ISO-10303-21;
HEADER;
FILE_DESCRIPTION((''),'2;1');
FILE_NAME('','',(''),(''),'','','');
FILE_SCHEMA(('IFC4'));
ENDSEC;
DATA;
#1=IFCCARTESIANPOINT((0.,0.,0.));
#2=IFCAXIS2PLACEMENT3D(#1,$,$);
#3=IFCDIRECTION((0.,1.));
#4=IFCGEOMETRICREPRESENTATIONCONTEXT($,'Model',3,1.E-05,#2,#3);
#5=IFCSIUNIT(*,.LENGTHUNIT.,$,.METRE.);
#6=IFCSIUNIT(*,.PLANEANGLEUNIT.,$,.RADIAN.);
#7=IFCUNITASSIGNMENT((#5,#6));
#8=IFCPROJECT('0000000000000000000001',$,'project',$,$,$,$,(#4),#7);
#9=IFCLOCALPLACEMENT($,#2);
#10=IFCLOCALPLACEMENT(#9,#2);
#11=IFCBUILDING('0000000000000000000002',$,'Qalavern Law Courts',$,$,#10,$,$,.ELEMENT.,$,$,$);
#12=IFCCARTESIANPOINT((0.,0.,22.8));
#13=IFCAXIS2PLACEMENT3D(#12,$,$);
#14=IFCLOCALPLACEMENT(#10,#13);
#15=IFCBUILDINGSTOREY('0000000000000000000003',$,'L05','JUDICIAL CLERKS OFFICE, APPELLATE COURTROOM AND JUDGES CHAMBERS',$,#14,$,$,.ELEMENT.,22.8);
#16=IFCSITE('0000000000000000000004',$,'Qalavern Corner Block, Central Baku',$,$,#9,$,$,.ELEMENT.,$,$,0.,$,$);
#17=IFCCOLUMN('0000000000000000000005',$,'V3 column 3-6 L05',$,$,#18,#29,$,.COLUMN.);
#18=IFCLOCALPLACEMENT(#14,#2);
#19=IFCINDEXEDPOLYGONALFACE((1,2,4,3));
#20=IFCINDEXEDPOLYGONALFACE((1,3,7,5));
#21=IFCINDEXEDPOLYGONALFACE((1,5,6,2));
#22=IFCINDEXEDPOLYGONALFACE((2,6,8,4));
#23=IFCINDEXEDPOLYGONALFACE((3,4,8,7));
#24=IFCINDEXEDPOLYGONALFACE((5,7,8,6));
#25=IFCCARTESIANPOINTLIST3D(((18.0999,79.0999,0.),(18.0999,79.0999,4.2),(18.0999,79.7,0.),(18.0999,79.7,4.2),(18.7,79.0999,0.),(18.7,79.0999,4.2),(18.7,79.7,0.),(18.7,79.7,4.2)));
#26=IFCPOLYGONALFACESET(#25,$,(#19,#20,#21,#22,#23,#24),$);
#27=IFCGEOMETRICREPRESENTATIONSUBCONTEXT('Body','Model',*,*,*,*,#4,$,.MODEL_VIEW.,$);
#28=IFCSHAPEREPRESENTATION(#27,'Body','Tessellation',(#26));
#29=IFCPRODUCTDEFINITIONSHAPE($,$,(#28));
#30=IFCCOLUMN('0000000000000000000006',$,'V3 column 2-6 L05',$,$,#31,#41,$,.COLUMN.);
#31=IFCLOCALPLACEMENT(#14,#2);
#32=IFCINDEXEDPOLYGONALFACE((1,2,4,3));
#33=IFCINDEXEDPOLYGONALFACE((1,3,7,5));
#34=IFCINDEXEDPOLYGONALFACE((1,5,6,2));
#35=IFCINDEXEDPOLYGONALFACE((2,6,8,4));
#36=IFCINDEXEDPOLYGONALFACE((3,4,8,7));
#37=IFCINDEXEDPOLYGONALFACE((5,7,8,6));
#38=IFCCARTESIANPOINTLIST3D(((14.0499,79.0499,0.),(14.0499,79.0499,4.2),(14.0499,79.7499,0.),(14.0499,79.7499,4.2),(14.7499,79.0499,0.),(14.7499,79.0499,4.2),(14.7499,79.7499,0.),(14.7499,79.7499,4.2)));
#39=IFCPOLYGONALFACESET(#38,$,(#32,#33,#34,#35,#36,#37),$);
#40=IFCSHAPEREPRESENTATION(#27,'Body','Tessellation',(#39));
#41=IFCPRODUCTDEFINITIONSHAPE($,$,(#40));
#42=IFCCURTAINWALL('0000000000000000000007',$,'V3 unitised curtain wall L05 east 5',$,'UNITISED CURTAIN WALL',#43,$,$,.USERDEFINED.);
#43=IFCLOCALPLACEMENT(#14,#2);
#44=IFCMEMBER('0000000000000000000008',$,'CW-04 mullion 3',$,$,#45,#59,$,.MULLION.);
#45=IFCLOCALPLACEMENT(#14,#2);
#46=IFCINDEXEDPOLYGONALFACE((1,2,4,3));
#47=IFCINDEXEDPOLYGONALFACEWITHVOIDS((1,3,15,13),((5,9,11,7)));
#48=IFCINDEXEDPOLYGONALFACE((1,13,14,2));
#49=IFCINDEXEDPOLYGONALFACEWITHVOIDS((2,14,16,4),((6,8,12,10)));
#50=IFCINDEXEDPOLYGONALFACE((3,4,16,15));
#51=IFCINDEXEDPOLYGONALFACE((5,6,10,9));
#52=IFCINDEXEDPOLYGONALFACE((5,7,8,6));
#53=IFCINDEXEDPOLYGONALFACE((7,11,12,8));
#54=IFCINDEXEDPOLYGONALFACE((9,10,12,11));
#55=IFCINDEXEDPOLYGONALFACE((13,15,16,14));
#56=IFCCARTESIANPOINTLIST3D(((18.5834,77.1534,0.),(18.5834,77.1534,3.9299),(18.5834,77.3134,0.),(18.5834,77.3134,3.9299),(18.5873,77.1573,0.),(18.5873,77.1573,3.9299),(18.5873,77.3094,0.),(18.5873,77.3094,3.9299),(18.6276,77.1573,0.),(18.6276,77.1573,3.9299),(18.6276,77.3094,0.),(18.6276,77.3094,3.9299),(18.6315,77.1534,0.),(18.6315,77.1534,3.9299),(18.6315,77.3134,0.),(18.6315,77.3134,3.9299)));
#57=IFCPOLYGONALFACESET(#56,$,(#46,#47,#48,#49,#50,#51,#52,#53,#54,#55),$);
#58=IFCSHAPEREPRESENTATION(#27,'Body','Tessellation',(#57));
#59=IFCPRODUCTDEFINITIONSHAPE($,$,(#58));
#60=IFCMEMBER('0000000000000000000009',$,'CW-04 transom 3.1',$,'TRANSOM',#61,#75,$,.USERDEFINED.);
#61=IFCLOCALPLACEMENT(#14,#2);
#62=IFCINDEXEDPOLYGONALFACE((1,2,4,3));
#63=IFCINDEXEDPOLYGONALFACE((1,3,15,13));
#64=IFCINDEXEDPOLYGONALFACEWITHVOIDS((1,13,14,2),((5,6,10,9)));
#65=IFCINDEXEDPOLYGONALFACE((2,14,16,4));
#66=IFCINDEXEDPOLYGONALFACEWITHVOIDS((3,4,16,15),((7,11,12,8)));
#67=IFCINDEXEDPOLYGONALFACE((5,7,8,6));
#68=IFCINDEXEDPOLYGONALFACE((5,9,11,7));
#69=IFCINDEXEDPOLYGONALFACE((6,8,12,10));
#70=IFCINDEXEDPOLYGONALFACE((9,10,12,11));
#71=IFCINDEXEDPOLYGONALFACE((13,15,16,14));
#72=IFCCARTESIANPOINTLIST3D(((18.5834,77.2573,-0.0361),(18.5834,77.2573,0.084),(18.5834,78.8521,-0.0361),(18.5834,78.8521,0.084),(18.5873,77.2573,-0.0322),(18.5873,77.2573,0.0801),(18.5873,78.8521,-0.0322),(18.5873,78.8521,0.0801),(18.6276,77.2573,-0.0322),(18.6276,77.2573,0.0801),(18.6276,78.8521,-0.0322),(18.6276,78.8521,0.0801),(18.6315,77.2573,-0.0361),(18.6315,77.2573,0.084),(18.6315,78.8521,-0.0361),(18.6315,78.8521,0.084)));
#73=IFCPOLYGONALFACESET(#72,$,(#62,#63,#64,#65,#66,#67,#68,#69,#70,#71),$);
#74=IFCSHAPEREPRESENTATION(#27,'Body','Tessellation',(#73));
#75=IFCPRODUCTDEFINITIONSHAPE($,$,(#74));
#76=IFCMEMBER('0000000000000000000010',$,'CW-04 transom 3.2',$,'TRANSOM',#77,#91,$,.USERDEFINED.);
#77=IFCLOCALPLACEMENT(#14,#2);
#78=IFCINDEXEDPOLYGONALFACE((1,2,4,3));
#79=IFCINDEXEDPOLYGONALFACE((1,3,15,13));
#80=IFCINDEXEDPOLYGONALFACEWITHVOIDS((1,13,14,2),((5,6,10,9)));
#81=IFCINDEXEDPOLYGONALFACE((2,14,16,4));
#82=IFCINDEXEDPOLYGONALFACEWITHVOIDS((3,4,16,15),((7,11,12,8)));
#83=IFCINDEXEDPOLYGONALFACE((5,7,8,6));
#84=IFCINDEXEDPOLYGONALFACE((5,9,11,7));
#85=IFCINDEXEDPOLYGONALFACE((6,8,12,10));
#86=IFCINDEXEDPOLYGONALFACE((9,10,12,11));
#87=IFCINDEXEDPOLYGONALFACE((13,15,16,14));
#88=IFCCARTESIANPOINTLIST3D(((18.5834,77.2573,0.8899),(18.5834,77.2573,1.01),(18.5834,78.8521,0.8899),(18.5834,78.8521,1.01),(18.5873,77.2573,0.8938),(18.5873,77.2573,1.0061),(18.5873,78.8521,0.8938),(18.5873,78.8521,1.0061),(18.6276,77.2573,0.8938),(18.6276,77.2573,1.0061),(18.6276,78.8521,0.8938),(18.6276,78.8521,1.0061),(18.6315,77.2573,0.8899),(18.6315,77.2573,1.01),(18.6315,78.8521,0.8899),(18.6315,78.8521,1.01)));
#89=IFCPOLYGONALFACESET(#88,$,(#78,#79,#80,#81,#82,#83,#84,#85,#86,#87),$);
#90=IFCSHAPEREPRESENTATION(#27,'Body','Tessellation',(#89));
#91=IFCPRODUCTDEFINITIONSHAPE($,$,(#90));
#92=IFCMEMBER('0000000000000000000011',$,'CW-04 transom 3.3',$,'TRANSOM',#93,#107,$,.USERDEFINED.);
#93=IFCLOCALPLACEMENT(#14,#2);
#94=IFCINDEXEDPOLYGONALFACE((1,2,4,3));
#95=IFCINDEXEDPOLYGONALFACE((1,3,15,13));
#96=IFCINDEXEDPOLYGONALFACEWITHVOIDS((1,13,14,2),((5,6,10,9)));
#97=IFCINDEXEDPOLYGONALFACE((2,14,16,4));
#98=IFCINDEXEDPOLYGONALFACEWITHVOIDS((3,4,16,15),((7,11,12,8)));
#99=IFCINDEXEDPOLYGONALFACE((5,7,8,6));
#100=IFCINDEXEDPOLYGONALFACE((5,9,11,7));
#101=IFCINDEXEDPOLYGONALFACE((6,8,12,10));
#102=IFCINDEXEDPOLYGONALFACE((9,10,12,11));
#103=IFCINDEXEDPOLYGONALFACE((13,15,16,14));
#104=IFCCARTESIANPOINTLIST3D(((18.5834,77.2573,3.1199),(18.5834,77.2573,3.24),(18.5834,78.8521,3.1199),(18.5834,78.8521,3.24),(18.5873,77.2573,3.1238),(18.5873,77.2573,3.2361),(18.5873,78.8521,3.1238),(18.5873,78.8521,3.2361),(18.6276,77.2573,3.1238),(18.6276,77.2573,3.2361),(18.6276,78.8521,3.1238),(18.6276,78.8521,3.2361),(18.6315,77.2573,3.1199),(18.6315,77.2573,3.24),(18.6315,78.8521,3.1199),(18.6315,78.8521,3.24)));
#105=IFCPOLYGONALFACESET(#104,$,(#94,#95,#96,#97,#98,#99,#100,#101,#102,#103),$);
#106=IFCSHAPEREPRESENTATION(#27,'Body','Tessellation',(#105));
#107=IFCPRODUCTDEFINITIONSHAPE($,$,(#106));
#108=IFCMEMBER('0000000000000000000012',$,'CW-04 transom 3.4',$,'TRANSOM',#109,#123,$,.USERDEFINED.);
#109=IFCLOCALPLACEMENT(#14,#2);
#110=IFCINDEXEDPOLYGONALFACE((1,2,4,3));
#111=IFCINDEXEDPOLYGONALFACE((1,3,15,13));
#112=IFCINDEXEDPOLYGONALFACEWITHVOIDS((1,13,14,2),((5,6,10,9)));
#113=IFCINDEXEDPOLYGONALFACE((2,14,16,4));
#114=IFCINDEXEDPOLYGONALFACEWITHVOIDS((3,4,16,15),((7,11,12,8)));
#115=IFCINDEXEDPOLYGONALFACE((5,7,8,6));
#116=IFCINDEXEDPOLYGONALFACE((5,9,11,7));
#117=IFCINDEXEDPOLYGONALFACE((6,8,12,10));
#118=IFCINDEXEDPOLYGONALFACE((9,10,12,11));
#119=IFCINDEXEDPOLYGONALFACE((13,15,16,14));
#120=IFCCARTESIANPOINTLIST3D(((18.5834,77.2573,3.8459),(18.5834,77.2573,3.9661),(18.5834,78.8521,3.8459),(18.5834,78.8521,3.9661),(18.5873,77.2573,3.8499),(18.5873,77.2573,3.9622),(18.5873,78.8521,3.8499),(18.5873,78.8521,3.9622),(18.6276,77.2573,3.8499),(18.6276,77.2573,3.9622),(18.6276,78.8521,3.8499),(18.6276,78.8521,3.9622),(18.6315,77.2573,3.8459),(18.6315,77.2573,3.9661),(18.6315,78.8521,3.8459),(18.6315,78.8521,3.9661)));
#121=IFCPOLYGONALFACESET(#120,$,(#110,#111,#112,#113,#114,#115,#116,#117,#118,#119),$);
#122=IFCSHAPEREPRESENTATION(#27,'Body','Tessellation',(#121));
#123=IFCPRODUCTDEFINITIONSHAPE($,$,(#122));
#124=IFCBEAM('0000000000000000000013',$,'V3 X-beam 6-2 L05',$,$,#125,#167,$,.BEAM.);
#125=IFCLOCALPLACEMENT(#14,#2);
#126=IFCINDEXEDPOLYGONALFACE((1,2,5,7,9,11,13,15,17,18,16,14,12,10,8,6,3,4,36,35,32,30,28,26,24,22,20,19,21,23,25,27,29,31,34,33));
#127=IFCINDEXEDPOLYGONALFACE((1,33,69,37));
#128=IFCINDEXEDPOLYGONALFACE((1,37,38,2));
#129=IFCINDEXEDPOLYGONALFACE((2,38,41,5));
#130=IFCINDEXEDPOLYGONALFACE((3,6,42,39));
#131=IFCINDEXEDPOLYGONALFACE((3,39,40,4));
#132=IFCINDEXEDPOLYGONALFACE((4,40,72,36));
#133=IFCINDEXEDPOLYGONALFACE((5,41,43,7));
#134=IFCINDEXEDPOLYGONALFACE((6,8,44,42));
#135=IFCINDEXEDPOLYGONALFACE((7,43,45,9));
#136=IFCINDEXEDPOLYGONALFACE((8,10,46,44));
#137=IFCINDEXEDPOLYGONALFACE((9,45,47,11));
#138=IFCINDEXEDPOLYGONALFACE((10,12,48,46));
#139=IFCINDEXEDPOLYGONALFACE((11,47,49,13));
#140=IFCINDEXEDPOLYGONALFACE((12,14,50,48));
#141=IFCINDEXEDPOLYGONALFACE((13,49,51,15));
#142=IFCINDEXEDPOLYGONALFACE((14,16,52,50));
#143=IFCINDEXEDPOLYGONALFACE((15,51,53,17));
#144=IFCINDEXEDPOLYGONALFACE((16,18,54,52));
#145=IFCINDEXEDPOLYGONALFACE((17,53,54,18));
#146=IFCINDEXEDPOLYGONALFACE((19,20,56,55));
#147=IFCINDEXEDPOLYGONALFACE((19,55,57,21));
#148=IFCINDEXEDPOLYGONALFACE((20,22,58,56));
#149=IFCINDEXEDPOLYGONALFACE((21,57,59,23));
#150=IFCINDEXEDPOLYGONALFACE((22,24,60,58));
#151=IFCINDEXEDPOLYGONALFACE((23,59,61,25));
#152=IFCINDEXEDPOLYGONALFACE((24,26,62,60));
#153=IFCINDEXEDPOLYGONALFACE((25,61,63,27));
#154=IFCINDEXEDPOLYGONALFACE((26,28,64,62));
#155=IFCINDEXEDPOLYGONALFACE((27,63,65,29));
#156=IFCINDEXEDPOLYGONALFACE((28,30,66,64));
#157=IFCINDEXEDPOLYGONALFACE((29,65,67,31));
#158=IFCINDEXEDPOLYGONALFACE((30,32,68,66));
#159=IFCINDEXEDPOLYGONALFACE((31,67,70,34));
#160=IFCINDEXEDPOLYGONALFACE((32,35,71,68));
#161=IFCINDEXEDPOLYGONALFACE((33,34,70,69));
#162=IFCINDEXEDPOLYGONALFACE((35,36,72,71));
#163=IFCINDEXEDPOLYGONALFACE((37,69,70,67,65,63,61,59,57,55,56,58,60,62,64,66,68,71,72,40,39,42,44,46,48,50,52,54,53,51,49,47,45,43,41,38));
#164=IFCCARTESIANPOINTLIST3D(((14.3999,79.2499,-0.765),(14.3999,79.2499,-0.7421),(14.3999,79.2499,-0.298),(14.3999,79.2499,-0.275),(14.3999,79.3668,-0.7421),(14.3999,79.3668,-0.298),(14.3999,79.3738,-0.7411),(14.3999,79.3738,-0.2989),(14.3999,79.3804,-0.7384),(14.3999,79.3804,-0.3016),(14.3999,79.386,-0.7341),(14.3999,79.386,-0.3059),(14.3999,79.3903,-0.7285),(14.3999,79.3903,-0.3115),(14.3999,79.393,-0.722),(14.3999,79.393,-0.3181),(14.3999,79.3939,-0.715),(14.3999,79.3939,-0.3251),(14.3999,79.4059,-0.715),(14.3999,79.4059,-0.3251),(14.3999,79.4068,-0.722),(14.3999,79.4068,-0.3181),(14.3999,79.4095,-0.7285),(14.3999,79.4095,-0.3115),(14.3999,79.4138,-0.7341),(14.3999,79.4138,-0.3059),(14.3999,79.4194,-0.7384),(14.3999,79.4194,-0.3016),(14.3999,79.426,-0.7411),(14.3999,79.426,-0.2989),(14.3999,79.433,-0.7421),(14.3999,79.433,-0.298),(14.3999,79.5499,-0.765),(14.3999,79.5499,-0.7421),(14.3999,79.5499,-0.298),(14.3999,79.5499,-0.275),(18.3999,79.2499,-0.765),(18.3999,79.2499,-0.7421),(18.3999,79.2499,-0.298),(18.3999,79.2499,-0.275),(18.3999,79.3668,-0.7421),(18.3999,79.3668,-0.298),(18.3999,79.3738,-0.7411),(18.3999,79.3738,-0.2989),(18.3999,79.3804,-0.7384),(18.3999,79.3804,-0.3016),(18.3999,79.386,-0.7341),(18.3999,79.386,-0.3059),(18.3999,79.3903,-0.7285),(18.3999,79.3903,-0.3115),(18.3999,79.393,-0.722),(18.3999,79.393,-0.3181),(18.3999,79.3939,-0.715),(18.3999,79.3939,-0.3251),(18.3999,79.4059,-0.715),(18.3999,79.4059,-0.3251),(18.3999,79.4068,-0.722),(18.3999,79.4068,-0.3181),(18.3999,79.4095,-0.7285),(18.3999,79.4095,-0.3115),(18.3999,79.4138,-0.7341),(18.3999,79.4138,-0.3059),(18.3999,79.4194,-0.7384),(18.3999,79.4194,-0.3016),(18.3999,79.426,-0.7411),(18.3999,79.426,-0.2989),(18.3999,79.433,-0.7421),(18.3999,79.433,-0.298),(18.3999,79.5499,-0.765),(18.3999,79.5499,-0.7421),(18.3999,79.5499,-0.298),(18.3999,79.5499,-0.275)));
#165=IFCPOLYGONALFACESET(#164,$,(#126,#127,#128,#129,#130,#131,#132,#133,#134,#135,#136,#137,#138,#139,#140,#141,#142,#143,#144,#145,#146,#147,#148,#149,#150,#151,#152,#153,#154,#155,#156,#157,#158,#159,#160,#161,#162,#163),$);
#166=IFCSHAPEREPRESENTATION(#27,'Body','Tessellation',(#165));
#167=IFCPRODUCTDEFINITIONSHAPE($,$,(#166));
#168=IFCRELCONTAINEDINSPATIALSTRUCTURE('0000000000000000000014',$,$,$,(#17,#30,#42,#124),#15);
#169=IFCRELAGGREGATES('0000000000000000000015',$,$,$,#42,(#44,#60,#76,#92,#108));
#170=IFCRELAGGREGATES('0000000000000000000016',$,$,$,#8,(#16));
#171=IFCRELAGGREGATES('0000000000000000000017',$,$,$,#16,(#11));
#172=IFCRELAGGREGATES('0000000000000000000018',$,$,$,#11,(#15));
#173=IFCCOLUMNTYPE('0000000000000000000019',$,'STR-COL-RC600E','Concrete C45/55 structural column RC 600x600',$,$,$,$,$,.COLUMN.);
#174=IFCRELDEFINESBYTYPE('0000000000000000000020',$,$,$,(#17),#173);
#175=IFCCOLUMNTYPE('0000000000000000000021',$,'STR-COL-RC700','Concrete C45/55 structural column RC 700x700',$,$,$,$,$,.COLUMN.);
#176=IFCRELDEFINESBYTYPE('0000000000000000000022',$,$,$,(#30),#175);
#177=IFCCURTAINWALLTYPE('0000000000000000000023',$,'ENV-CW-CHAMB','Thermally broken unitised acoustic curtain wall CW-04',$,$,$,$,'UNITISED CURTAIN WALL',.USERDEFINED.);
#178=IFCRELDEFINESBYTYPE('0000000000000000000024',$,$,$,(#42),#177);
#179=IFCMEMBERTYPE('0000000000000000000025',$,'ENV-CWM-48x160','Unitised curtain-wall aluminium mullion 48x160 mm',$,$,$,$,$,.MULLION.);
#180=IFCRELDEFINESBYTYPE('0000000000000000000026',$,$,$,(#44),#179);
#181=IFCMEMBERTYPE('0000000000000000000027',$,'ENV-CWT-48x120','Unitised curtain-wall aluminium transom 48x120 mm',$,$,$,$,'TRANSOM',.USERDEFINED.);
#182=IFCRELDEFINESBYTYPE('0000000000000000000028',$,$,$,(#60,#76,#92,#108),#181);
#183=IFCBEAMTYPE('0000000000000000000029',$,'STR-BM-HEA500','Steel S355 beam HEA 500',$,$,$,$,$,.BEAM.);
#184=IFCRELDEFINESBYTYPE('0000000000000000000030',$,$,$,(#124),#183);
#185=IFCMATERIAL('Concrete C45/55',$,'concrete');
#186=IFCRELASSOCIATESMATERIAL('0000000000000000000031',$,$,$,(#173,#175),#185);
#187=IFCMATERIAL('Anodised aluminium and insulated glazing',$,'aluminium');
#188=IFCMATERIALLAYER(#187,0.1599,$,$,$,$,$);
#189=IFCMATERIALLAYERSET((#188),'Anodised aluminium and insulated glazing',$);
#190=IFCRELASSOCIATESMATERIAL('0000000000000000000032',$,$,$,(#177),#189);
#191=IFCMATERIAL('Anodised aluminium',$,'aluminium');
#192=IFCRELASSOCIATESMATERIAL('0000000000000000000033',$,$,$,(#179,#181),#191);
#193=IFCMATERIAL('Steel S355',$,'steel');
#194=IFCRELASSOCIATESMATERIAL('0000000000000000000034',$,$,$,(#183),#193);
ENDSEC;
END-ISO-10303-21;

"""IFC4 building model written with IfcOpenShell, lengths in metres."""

from ifc_helpers import new_model, si_unit, direction, frame, origin, origin_2d, place, context, subcontext, project, spatial, rectangle, hollow_rectangle, i_section, extrude, material, layer, layer_set, material_profile, profile_set, type_object, element, aggregate, save


model = new_model("IFC4")

# Units and contexts
model_context = context("Model", 3, precision=1e-05, world=origin(), true_north=direction((0.0, 1.0)))
body_context = subcontext(model_context, "Body", "Model", "MODEL_VIEW")
ifc_project = project(units=[si_unit("LENGTHUNIT", "METRE"), si_unit("PLANEANGLEUNIT", "RADIAN")], contexts=[model_context])

# Site, building, storey
site_placement = place(None, origin())
site = spatial("IfcSite", under=ifc_project, at=site_placement, Name="Qalavern Corner Block, Central Baku", CompositionType="ELEMENT", RefElevation=0.0)
building_placement = place(site_placement, origin())
building = spatial("IfcBuilding", under=site, at=building_placement, Name="Qalavern Law Courts", CompositionType="ELEMENT")
storey_placement = place(building_placement, frame((0.0, 0.0, 22.8)))
storey = spatial("IfcBuildingStorey", under=building, at=storey_placement, Name="L05", Description="JUDICIAL CLERKS OFFICE, APPELLATE COURTROOM AND JUDGES CHAMBERS", CompositionType="ELEMENT", Elevation=22.8)

# Columns
ifc_material_1 = material(Name="Concrete C45/55", Category="concrete")
ifc_material_profile_1 = material_profile(ifc_material_1, rectangle(XDim=0.6001, YDim=0.6001, at=origin_2d()), Name="RC 600x600")
ifc_profile_set_1 = profile_set([ifc_material_profile_1], Name="Concrete C45/55")
column_type_1 = type_object("IfcColumnType", Name="STR-COL-RC600E", Description="Concrete C45/55 structural column RC 600x600", PredefinedType="COLUMN", material=ifc_profile_set_1)
column_1_placement = place(storey_placement, frame((18.3999, 79.3999, 0.0), z_axis=(0.0, 0.0, 1.0), x_axis=(1.0, 0.0, 0.0)))
element("IfcColumn", 1, at=column_1_placement, inside=storey, type_object=column_type_1, Name="V3 column 3-6 L05", PredefinedType="COLUMN", context=body_context, shape_type="SweptSolid", body=[
    extrude(rectangle(XDim=0.6001, YDim=0.6001, at=origin_2d()), origin(), (0.0, 0.0, 1.0), 4.2),
])
ifc_material_profile_2 = material_profile(ifc_material_1, rectangle(XDim=0.7, YDim=0.7, at=origin_2d()), Name="RC 700x700")
ifc_profile_set_2 = profile_set([ifc_material_profile_2], Name="Concrete C45/55")
column_type_2 = type_object("IfcColumnType", Name="STR-COL-RC700", Description="Concrete C45/55 structural column RC 700x700", PredefinedType="COLUMN", material=ifc_profile_set_2)
column_2_placement = place(storey_placement, frame((14.3999, 79.3999, 0.0), z_axis=(0.0, 0.0, 1.0), x_axis=(1.0, 0.0, 0.0)))
element("IfcColumn", 2, at=column_2_placement, inside=storey, type_object=column_type_2, Name="V3 column 2-6 L05", PredefinedType="COLUMN", context=body_context, shape_type="SweptSolid", body=[
    extrude(rectangle(XDim=0.7, YDim=0.7, at=origin_2d()), origin(), (0.0, 0.0, 1.0), 4.2),
])

# Curtain wall, members
ifc_material_2 = material(Name="Anodised aluminium and insulated glazing", Category="aluminium")
ifc_layer_1 = layer(ifc_material_2, 0.1599)
ifc_layer_set_1 = layer_set([ifc_layer_1], Name="Anodised aluminium and insulated glazing")
curtain_wall_type = type_object("IfcCurtainWallType", Name="ENV-CW-CHAMB", Description="Thermally broken unitised acoustic curtain wall CW-04", ElementType="UNITISED CURTAIN WALL", PredefinedType="USERDEFINED", material=ifc_layer_set_1)
curtain_wall_placement = place(storey_placement, origin())
curtain_wall = element("IfcCurtainWall", 3, at=curtain_wall_placement, inside=storey, type_object=curtain_wall_type, Name="V3 unitised curtain wall L05 east 5", ObjectType="UNITISED CURTAIN WALL", PredefinedType="USERDEFINED")
ifc_material_3 = material(Name="Anodised aluminium", Category="aluminium")
ifc_material_profile_3 = material_profile(ifc_material_3, hollow_rectangle(XDim=0.0481, YDim=0.1599, WallThickness=0.0039, at=origin_2d()), Name="ALU MULLION 48x160")
ifc_profile_set_3 = profile_set([ifc_material_profile_3], Name="Anodised aluminium")
member_type_1 = type_object("IfcMemberType", Name="ENV-CWM-48x160", Description="Unitised curtain-wall aluminium mullion 48x160 mm", PredefinedType="MULLION", material=ifc_profile_set_3)
member_1_placement = place(storey_placement, frame((18.6074, 77.2334, 0.0), z_axis=(0.0, 0.0, 1.0), x_axis=(-1.0, 0.0, 0.0)))
member_1 = element("IfcMember", 4, at=member_1_placement, type_object=member_type_1, Name="CW-04 mullion 3", PredefinedType="MULLION", context=body_context, shape_type="SweptSolid", body=[
    extrude(hollow_rectangle(XDim=0.0481, YDim=0.1599, WallThickness=0.0039, at=origin_2d()), origin(), (0.0, 0.0, 1.0), 3.9299),
])
ifc_material_profile_4 = material_profile(ifc_material_3, hollow_rectangle(XDim=0.0481, YDim=0.1201, WallThickness=0.0039, at=origin_2d()), Name="ALU TRANSOM 48x120")
ifc_profile_set_4 = profile_set([ifc_material_profile_4], Name="Anodised aluminium")
member_type_2 = type_object("IfcMemberType", Name="ENV-CWT-48x120", Description="Unitised curtain-wall aluminium transom 48x120 mm", ElementType="TRANSOM", PredefinedType="USERDEFINED", material=ifc_profile_set_4)
member_2_placement = place(storey_placement, frame((18.6074, 77.2573, 0.0239), z_axis=(0.0, 1.0, 0.0), x_axis=(-1.0, 0.0, 0.0)))
member_2 = element("IfcMember", 5, at=member_2_placement, type_object=member_type_2, Name="CW-04 transom 3.1", ObjectType="TRANSOM", PredefinedType="USERDEFINED", context=body_context, shape_type="SweptSolid", body=[
    extrude(hollow_rectangle(XDim=0.0481, YDim=0.1201, WallThickness=0.0039, at=origin_2d()), origin(), (0.0, 0.0, 1.0), 1.5947),
])
member_3_placement = place(storey_placement, frame((18.6074, 77.2573, 0.95), z_axis=(0.0, 1.0, 0.0), x_axis=(-1.0, 0.0, 0.0)))
member_3 = element("IfcMember", 6, at=member_3_placement, type_object=member_type_2, Name="CW-04 transom 3.2", ObjectType="TRANSOM", PredefinedType="USERDEFINED", context=body_context, shape_type="SweptSolid", body=[
    extrude(hollow_rectangle(XDim=0.0481, YDim=0.1201, WallThickness=0.0039, at=origin_2d()), origin(), (0.0, 0.0, 1.0), 1.5947),
])
member_4_placement = place(storey_placement, frame((18.6074, 77.2573, 3.1799), z_axis=(0.0, 1.0, 0.0), x_axis=(-1.0, 0.0, 0.0)))
member_4 = element("IfcMember", 7, at=member_4_placement, type_object=member_type_2, Name="CW-04 transom 3.3", ObjectType="TRANSOM", PredefinedType="USERDEFINED", context=body_context, shape_type="SweptSolid", body=[
    extrude(hollow_rectangle(XDim=0.0481, YDim=0.1201, WallThickness=0.0039, at=origin_2d()), origin(), (0.0, 0.0, 1.0), 1.5947),
])
member_5_placement = place(storey_placement, frame((18.6074, 77.2573, 3.906), z_axis=(0.0, 1.0, 0.0), x_axis=(-1.0, 0.0, 0.0)))
member_5 = element("IfcMember", 8, at=member_5_placement, type_object=member_type_2, Name="CW-04 transom 3.4", ObjectType="TRANSOM", PredefinedType="USERDEFINED", context=body_context, shape_type="SweptSolid", body=[
    extrude(hollow_rectangle(XDim=0.0481, YDim=0.1201, WallThickness=0.0039, at=origin_2d()), origin(), (0.0, 0.0, 1.0), 1.5947),
])

# Beam
ifc_material_4 = material(Name="Steel S355", Category="steel")
ifc_material_profile_5 = material_profile(ifc_material_4, i_section(OverallWidth=0.3, OverallDepth=0.49, WebThickness=0.012, FlangeThickness=0.0229, FilletRadius=0.0271, at=origin_2d()), Name="HEA 500")
ifc_profile_set_5 = profile_set([ifc_material_profile_5], Name="Steel S355")
beam_type_1 = type_object("IfcBeamType", Name="STR-BM-HEA500", Description="Steel S355 beam HEA 500", PredefinedType="BEAM", material=ifc_profile_set_5)
beam_1_placement = place(storey_placement, frame((14.3999, 79.3999, -0.52), z_axis=(1.0, 0.0, 0.0), x_axis=(0.0, 1.0, 0.0)))
element("IfcBeam", 9, at=beam_1_placement, inside=storey, type_object=beam_type_1, Name="V3 X-beam 6-2 L05", PredefinedType="BEAM", context=body_context, shape_type="SweptSolid", body=[
    extrude(i_section(OverallWidth=0.3, OverallDepth=0.49, WebThickness=0.012, FlangeThickness=0.0229, FilletRadius=0.0271, at=origin_2d()), origin(), (0.0, 0.0, 1.0), 4.0),
])

aggregate(curtain_wall, [member_1, member_2, member_3, member_4, member_5])

save(model, "model.ifc")
